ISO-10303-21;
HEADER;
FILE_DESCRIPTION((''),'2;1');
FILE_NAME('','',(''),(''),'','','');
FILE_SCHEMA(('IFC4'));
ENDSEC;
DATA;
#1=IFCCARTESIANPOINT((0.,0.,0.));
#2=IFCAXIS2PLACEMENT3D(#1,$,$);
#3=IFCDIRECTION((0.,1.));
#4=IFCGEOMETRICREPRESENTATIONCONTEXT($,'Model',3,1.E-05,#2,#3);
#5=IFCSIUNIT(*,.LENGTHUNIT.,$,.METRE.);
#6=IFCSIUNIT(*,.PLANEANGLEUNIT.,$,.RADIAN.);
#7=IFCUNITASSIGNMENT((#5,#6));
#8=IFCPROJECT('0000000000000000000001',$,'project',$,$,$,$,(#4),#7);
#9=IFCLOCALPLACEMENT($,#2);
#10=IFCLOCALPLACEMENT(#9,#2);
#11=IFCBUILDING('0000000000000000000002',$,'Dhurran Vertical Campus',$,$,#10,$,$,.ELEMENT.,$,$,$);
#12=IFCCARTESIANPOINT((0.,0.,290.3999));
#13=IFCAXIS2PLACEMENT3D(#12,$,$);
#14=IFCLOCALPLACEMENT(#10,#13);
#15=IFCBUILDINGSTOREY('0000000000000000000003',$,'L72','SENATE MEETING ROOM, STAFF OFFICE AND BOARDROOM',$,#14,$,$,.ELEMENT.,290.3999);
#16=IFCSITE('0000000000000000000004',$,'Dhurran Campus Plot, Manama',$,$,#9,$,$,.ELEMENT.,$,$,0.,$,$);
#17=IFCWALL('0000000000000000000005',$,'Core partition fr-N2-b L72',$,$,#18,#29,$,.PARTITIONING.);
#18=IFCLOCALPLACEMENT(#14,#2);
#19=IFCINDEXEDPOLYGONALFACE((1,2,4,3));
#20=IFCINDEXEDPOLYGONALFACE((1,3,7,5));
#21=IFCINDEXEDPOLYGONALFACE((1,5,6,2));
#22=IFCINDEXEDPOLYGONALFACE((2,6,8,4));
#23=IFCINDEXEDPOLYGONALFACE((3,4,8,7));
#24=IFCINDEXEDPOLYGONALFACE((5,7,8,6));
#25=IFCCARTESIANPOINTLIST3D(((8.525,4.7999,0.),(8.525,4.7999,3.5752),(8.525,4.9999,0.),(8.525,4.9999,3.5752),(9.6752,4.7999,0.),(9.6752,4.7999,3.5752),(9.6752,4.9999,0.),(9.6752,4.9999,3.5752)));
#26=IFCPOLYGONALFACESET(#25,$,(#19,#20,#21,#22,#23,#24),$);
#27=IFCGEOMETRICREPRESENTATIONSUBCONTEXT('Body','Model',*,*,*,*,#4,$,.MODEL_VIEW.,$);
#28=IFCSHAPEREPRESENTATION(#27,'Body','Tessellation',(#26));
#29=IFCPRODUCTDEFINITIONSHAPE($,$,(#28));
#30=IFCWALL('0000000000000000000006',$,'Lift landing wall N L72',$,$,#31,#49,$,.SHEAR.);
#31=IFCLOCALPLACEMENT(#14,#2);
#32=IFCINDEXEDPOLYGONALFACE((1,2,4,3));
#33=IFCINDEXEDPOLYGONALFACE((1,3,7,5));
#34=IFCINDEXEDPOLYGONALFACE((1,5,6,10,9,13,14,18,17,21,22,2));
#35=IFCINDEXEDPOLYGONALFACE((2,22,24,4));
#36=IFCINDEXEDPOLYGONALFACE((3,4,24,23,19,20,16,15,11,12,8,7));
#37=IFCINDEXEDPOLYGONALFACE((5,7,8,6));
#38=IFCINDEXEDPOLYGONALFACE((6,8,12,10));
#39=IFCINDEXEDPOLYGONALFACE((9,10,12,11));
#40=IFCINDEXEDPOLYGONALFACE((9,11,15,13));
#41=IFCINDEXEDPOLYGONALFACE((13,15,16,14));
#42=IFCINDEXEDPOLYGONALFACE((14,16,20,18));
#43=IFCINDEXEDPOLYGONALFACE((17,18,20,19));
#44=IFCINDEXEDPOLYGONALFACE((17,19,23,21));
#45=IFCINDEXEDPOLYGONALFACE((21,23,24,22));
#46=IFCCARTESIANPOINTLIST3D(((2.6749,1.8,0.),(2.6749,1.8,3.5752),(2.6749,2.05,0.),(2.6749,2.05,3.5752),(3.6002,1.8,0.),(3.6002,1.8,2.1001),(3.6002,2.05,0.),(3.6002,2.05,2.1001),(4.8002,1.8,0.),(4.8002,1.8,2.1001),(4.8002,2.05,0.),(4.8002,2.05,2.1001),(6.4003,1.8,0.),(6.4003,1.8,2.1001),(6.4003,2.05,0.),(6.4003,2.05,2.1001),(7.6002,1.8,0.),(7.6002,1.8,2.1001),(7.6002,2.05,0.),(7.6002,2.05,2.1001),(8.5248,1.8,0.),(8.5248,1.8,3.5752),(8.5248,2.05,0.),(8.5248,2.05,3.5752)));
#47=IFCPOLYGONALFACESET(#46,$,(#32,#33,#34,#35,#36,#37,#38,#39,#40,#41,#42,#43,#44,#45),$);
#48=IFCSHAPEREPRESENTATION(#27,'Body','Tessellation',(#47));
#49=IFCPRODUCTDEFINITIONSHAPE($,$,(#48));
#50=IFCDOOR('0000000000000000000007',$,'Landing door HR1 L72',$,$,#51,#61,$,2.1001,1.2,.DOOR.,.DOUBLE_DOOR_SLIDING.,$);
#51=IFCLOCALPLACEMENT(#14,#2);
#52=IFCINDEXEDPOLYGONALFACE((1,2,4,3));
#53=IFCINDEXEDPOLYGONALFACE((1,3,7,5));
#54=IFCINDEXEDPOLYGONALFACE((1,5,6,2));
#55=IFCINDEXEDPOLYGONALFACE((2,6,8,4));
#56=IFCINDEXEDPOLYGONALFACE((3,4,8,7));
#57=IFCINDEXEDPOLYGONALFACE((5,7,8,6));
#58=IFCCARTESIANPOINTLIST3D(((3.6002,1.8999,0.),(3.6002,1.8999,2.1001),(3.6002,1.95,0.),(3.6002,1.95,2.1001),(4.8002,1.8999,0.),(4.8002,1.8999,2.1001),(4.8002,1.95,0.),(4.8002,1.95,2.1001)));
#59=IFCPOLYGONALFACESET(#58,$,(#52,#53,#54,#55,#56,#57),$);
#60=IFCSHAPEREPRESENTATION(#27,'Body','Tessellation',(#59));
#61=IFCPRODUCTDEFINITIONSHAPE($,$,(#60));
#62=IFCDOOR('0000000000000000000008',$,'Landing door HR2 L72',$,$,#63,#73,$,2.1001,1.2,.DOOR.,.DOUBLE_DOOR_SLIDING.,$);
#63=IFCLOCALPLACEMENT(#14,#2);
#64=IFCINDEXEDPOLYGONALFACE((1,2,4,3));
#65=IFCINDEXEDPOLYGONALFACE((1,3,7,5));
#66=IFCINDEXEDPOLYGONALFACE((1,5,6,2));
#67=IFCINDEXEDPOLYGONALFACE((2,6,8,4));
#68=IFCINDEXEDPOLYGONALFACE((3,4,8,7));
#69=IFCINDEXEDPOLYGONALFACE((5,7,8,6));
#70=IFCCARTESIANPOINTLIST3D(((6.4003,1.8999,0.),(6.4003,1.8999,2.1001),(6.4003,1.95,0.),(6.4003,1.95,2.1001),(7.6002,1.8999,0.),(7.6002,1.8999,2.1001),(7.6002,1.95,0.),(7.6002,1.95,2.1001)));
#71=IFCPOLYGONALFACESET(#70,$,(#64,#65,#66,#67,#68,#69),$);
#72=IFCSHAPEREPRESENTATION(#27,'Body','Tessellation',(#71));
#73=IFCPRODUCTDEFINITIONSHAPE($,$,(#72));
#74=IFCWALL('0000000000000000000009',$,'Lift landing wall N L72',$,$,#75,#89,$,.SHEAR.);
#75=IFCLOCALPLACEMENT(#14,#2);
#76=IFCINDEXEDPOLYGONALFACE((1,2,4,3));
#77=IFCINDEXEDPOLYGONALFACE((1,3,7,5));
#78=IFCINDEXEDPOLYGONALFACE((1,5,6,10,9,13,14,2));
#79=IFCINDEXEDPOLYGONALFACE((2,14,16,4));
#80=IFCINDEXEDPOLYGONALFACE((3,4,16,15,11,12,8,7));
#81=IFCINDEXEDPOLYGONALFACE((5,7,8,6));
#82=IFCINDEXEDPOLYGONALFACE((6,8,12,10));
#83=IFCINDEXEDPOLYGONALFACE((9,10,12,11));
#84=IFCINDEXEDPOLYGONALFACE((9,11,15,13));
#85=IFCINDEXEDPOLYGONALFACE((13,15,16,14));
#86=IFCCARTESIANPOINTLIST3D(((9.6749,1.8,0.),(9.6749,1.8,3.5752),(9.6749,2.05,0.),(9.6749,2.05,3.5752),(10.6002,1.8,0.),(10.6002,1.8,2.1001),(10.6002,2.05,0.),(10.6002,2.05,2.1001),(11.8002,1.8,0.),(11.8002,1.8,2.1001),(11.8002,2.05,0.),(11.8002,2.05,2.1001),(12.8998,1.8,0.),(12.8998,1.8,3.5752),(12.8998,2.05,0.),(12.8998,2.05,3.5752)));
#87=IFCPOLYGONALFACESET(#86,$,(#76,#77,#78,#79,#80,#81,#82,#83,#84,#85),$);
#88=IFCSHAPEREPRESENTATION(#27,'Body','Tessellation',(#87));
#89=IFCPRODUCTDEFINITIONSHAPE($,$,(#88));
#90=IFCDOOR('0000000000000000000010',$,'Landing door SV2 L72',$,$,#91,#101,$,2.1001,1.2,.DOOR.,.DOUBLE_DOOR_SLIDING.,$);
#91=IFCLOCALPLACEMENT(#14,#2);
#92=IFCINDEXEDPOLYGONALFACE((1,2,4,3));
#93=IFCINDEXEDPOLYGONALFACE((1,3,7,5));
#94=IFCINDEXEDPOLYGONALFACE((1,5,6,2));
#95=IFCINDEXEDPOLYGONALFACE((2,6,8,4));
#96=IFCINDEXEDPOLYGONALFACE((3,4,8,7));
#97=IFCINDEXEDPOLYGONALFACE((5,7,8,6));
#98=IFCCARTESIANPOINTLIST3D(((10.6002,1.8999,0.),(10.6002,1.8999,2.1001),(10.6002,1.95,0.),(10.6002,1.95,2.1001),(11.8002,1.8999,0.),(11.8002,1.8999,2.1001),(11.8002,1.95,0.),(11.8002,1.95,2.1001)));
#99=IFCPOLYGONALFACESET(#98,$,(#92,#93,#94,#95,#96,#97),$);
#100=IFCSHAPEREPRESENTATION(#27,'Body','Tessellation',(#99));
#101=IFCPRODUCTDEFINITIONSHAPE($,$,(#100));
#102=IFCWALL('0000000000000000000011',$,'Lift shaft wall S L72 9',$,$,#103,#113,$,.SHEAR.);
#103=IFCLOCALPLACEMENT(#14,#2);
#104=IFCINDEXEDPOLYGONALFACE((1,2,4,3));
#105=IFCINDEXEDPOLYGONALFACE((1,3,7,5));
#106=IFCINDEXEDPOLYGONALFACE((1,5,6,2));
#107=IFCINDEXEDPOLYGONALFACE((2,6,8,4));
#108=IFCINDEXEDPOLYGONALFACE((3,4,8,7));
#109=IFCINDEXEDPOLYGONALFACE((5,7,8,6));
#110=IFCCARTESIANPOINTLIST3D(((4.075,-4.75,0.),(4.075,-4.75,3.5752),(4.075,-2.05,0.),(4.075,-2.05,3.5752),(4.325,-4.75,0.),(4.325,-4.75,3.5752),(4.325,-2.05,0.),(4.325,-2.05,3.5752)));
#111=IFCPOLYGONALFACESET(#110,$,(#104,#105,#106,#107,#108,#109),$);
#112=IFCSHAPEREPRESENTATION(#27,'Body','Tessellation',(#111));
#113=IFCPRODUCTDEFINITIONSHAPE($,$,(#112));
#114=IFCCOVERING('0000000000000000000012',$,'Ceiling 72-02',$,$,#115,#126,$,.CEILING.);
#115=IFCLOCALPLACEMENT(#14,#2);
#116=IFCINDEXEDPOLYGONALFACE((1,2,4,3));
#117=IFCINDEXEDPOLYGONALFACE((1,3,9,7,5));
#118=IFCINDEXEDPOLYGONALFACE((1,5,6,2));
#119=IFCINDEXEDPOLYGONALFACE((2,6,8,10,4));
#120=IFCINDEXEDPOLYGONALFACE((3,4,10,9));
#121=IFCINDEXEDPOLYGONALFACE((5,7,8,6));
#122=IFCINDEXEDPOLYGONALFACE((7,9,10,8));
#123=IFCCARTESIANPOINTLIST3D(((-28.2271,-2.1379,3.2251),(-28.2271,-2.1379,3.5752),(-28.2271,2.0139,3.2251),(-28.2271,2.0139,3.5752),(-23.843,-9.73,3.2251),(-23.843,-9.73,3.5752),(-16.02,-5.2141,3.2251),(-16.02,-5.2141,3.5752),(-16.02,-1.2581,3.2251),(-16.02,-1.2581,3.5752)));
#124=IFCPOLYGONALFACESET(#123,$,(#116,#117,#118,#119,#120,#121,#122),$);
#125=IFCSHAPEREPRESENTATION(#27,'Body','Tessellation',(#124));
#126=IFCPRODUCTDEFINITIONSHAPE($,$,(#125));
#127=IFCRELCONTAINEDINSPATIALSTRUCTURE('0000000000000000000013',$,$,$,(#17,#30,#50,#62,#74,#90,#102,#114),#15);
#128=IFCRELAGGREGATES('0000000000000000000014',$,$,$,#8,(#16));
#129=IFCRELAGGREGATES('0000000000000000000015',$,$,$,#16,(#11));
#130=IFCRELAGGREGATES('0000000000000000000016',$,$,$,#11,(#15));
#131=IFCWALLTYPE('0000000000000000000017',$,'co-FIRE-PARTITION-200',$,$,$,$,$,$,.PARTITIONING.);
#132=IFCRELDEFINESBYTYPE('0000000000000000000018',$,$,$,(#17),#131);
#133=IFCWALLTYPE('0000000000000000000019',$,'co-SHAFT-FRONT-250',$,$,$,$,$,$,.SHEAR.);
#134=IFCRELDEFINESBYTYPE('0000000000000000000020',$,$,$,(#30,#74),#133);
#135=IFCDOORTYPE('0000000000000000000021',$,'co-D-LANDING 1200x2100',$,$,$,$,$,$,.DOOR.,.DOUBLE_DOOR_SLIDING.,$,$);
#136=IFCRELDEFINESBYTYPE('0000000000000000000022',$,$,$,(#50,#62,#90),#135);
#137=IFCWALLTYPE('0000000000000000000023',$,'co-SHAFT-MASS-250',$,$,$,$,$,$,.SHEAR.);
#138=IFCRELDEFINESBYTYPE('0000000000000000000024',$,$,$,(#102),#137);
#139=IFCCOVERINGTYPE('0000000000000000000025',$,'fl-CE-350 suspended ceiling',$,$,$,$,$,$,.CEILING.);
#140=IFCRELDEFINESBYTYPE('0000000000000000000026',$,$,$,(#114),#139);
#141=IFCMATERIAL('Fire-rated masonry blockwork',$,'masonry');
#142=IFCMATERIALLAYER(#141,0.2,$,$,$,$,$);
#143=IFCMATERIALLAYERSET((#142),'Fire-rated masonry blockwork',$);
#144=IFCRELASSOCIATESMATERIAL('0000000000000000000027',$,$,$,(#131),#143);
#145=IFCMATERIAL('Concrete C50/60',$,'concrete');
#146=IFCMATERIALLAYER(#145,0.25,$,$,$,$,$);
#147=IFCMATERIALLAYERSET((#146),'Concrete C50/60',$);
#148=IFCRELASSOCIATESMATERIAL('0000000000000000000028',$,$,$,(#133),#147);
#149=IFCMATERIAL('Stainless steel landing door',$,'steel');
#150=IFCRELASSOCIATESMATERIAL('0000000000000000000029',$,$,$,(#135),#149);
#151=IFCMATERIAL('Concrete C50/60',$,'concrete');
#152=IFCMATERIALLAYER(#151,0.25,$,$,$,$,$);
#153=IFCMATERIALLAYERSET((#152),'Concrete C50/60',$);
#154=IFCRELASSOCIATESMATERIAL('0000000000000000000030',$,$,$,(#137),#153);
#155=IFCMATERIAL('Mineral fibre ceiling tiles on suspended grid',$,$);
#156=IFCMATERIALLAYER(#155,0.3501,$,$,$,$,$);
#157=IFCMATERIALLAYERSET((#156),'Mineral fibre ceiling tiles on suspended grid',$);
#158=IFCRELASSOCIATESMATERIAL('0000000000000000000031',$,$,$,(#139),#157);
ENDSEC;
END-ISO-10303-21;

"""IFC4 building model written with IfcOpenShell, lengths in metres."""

from ifc_helpers import new_model, si_unit, direction, frame, frame_2d, origin, place, context, subcontext, project, spatial, polyline, rectangle, outline, extrude, material, layer, layer_set, type_object, element, fill, save


model = new_model("IFC4")

# Units and contexts
model_context = context("Model", 3, precision=1e-05, world=origin(), true_north=direction((0.0, 1.0)))
body_context = subcontext(model_context, "Body", "Model", "MODEL_VIEW")
ifc_project = project(units=[si_unit("LENGTHUNIT", "METRE"), si_unit("PLANEANGLEUNIT", "RADIAN")], contexts=[model_context])

# Site, building, storey
site_placement = place(None, origin())
site = spatial("IfcSite", under=ifc_project, at=site_placement, Name="Dhurran Campus Plot, Manama", CompositionType="ELEMENT", RefElevation=0.0)
building_placement = place(site_placement, origin())
building = spatial("IfcBuilding", under=site, at=building_placement, Name="Dhurran Vertical Campus", CompositionType="ELEMENT")
storey_placement = place(building_placement, frame((0.0, 0.0, 290.3999)))
storey = spatial("IfcBuildingStorey", under=building, at=storey_placement, Name="L72", Description="SENATE MEETING ROOM, STAFF OFFICE AND BOARDROOM", CompositionType="ELEMENT", Elevation=290.3999)

# Shared definitions
ifc_material_1 = material(Name="Fire-rated masonry blockwork", Category="masonry")
ifc_layer_1 = layer(ifc_material_1, 0.2)
ifc_layer_set_1 = layer_set([ifc_layer_1], Name="Fire-rated masonry blockwork")
wall_type_1 = type_object("IfcWallType", Name="co-FIRE-PARTITION-200", PredefinedType="PARTITIONING", material=ifc_layer_set_1)

# Wall
wall_1_placement = place(storey_placement, frame((8.5249, 4.8999, 0.0), z_axis=(0.0, 0.0, 1.0), x_axis=(1.0, 0.0, 0.0)))
element("IfcWall", 1, at=wall_1_placement, inside=storey, type_object=wall_type_1, Name="Core partition fr-N2-b L72", PredefinedType="PARTITIONING", context=body_context, shape_type="SweptSolid", body=[
    extrude(rectangle(XDim=1.1501, YDim=0.2, at=frame_2d((0.5752, 0.0))), origin(), (0.0, 0.0, 1.0), 3.5752),
])

# Wall, openings, doors
ifc_material_2 = material(Name="Concrete C50/60", Category="concrete")
ifc_layer_2 = layer(ifc_material_2, 0.25)
ifc_layer_set_2 = layer_set([ifc_layer_2], Name="Concrete C50/60")
wall_type_2 = type_object("IfcWallType", Name="co-SHAFT-FRONT-250", PredefinedType="SHEAR", material=ifc_layer_set_2)
wall_2_placement = place(storey_placement, frame((2.675, 1.925, 0.0), z_axis=(0.0, 0.0, 1.0), x_axis=(1.0, 0.0, 0.0)))
wall_2 = element("IfcWall", 2, at=wall_2_placement, inside=storey, type_object=wall_type_2, Name="Lift landing wall N L72", PredefinedType="SHEAR", context=body_context, shape_type="SweptSolid", body=[
    extrude(rectangle(XDim=5.8499, YDim=0.25, at=frame_2d((2.9248, 0.0))), origin(), (0.0, 0.0, 1.0), 3.5752),
])
opening_1_placement = place(wall_2_placement, frame((0.925, 0.0, 0.0)))
opening_1 = element("IfcOpeningElement", 3, at=opening_1_placement, cuts=wall_2, PredefinedType="OPENING", context=body_context, shape_type="SweptSolid", body=[
    extrude(rectangle(XDim=1.2, YDim=2.1001, at=frame_2d((0.6001, 1.05))), frame((0.0, 0.135, 0.0), z_axis=(0.0, -1.0, 0.0), x_axis=(1.0, 0.0, 0.0)), (0.0, 0.0, 1.0), 0.27),
])
opening_2_placement = place(wall_2_placement, frame((3.7251, 0.0, 0.0)))
opening_2 = element("IfcOpeningElement", 4, at=opening_2_placement, cuts=wall_2, PredefinedType="OPENING", context=body_context, shape_type="SweptSolid", body=[
    extrude(rectangle(XDim=1.2, YDim=2.1001, at=frame_2d((0.6001, 1.05))), frame((0.0, 0.135, 0.0), z_axis=(0.0, -1.0, 0.0), x_axis=(1.0, 0.0, 0.0)), (0.0, 0.0, 1.0), 0.27),
])
ifc_material_3 = material(Name="Stainless steel landing door", Category="steel")
door_type_1 = type_object("IfcDoorType", Name="co-D-LANDING 1200x2100", OperationType="DOUBLE_DOOR_SLIDING", PredefinedType="DOOR", material=ifc_material_3)
door_1_placement = place(opening_1_placement, origin())
door_1 = element("IfcDoor", 5, at=door_1_placement, inside=storey, type_object=door_type_1, Name="Landing door HR1 L72", OperationType="DOUBLE_DOOR_SLIDING", OverallHeight=2.1001, OverallWidth=1.2, PredefinedType="DOOR", context=body_context, shape_type="SweptSolid", body=[
    extrude(rectangle(XDim=1.2, YDim=2.1001, at=frame_2d((0.6001, 1.05))), frame((0.0, 0.0249, 0.0), z_axis=(0.0, -1.0, 0.0), x_axis=(1.0, 0.0, 0.0)), (0.0, 0.0, 1.0), 0.05),
])
fill(opening_1, door_1)
door_2_placement = place(opening_2_placement, origin())
door_2 = element("IfcDoor", 6, at=door_2_placement, inside=storey, type_object=door_type_1, Name="Landing door HR2 L72", OperationType="DOUBLE_DOOR_SLIDING", OverallHeight=2.1001, OverallWidth=1.2, PredefinedType="DOOR", context=body_context, shape_type="SweptSolid", body=[
    extrude(rectangle(XDim=1.2, YDim=2.1001, at=frame_2d((0.6001, 1.05))), frame((0.0, 0.0249, 0.0), z_axis=(0.0, -1.0, 0.0), x_axis=(1.0, 0.0, 0.0)), (0.0, 0.0, 1.0), 0.05),
])
fill(opening_2, door_2)

# Wall, opening, door
wall_3_placement = place(storey_placement, frame((9.675, 1.925, 0.0), z_axis=(0.0, 0.0, 1.0), x_axis=(1.0, 0.0, 0.0)))
wall_3 = element("IfcWall", 7, at=wall_3_placement, inside=storey, type_object=wall_type_2, Name="Lift landing wall N L72", PredefinedType="SHEAR", context=body_context, shape_type="SweptSolid", body=[
    extrude(rectangle(XDim=3.2249, YDim=0.25, at=frame_2d((1.6123, 0.0))), origin(), (0.0, 0.0, 1.0), 3.5752),
])
opening_3_placement = place(wall_3_placement, frame((0.925, 0.0, 0.0)))
opening_3 = element("IfcOpeningElement", 8, at=opening_3_placement, cuts=wall_3, PredefinedType="OPENING", context=body_context, shape_type="SweptSolid", body=[
    extrude(rectangle(XDim=1.2, YDim=2.1001, at=frame_2d((0.6001, 1.05))), frame((0.0, 0.135, 0.0), z_axis=(0.0, -1.0, 0.0), x_axis=(1.0, 0.0, 0.0)), (0.0, 0.0, 1.0), 0.27),
])
door_3_placement = place(opening_3_placement, origin())
door_3 = element("IfcDoor", 9, at=door_3_placement, inside=storey, type_object=door_type_1, Name="Landing door SV2 L72", OperationType="DOUBLE_DOOR_SLIDING", OverallHeight=2.1001, OverallWidth=1.2, PredefinedType="DOOR", context=body_context, shape_type="SweptSolid", body=[
    extrude(rectangle(XDim=1.2, YDim=2.1001, at=frame_2d((0.6001, 1.05))), frame((0.0, 0.0249, 0.0), z_axis=(0.0, -1.0, 0.0), x_axis=(1.0, 0.0, 0.0)), (0.0, 0.0, 1.0), 0.05),
])
fill(opening_3, door_3)

# Wall
ifc_material_4 = material(Name="Concrete C50/60", Category="concrete")
ifc_layer_3 = layer(ifc_material_4, 0.25)
ifc_layer_set_3 = layer_set([ifc_layer_3], Name="Concrete C50/60")
wall_type_3 = type_object("IfcWallType", Name="co-SHAFT-MASS-250", PredefinedType="SHEAR", material=ifc_layer_set_3)
wall_4_placement = place(storey_placement, origin())
element("IfcWall", 10, at=wall_4_placement, inside=storey, type_object=wall_type_3, Name="Lift shaft wall S L72 9", PredefinedType="SHEAR", context=body_context, shape_type="SweptSolid", body=[
    extrude(outline(polyline([(4.075, -4.75), (4.325, -4.75), (4.325, -2.05), (4.075, -2.05), (4.075, -4.75)])), origin(), (0.0, 0.0, 1.0), 3.5752),
])

# Covering
ifc_material_5 = material(Name="Mineral fibre ceiling tiles on suspended grid")
ifc_layer_4 = layer(ifc_material_5, 0.3501)
ifc_layer_set_4 = layer_set([ifc_layer_4], Name="Mineral fibre ceiling tiles on suspended grid")
covering_type = type_object("IfcCoveringType", Name="fl-CE-350 suspended ceiling", PredefinedType="CEILING", material=ifc_layer_set_4)
covering_placement = place(storey_placement, frame((0.0, 0.0, 3.2251)))
element("IfcCovering", 11, at=covering_placement, inside=storey, type_object=covering_type, Name="Ceiling 72-02", PredefinedType="CEILING", context=body_context, shape_type="SweptSolid", body=[
    extrude(outline(polyline([(-23.843, -9.73), (-28.2271, -2.1379), (-28.2271, 2.0139), (-16.02, -1.2581), (-16.02, -5.2141), (-23.843, -9.73)])), origin(), (0.0, 0.0, 1.0), 0.3501),
])

save(model, "model.ifc")
